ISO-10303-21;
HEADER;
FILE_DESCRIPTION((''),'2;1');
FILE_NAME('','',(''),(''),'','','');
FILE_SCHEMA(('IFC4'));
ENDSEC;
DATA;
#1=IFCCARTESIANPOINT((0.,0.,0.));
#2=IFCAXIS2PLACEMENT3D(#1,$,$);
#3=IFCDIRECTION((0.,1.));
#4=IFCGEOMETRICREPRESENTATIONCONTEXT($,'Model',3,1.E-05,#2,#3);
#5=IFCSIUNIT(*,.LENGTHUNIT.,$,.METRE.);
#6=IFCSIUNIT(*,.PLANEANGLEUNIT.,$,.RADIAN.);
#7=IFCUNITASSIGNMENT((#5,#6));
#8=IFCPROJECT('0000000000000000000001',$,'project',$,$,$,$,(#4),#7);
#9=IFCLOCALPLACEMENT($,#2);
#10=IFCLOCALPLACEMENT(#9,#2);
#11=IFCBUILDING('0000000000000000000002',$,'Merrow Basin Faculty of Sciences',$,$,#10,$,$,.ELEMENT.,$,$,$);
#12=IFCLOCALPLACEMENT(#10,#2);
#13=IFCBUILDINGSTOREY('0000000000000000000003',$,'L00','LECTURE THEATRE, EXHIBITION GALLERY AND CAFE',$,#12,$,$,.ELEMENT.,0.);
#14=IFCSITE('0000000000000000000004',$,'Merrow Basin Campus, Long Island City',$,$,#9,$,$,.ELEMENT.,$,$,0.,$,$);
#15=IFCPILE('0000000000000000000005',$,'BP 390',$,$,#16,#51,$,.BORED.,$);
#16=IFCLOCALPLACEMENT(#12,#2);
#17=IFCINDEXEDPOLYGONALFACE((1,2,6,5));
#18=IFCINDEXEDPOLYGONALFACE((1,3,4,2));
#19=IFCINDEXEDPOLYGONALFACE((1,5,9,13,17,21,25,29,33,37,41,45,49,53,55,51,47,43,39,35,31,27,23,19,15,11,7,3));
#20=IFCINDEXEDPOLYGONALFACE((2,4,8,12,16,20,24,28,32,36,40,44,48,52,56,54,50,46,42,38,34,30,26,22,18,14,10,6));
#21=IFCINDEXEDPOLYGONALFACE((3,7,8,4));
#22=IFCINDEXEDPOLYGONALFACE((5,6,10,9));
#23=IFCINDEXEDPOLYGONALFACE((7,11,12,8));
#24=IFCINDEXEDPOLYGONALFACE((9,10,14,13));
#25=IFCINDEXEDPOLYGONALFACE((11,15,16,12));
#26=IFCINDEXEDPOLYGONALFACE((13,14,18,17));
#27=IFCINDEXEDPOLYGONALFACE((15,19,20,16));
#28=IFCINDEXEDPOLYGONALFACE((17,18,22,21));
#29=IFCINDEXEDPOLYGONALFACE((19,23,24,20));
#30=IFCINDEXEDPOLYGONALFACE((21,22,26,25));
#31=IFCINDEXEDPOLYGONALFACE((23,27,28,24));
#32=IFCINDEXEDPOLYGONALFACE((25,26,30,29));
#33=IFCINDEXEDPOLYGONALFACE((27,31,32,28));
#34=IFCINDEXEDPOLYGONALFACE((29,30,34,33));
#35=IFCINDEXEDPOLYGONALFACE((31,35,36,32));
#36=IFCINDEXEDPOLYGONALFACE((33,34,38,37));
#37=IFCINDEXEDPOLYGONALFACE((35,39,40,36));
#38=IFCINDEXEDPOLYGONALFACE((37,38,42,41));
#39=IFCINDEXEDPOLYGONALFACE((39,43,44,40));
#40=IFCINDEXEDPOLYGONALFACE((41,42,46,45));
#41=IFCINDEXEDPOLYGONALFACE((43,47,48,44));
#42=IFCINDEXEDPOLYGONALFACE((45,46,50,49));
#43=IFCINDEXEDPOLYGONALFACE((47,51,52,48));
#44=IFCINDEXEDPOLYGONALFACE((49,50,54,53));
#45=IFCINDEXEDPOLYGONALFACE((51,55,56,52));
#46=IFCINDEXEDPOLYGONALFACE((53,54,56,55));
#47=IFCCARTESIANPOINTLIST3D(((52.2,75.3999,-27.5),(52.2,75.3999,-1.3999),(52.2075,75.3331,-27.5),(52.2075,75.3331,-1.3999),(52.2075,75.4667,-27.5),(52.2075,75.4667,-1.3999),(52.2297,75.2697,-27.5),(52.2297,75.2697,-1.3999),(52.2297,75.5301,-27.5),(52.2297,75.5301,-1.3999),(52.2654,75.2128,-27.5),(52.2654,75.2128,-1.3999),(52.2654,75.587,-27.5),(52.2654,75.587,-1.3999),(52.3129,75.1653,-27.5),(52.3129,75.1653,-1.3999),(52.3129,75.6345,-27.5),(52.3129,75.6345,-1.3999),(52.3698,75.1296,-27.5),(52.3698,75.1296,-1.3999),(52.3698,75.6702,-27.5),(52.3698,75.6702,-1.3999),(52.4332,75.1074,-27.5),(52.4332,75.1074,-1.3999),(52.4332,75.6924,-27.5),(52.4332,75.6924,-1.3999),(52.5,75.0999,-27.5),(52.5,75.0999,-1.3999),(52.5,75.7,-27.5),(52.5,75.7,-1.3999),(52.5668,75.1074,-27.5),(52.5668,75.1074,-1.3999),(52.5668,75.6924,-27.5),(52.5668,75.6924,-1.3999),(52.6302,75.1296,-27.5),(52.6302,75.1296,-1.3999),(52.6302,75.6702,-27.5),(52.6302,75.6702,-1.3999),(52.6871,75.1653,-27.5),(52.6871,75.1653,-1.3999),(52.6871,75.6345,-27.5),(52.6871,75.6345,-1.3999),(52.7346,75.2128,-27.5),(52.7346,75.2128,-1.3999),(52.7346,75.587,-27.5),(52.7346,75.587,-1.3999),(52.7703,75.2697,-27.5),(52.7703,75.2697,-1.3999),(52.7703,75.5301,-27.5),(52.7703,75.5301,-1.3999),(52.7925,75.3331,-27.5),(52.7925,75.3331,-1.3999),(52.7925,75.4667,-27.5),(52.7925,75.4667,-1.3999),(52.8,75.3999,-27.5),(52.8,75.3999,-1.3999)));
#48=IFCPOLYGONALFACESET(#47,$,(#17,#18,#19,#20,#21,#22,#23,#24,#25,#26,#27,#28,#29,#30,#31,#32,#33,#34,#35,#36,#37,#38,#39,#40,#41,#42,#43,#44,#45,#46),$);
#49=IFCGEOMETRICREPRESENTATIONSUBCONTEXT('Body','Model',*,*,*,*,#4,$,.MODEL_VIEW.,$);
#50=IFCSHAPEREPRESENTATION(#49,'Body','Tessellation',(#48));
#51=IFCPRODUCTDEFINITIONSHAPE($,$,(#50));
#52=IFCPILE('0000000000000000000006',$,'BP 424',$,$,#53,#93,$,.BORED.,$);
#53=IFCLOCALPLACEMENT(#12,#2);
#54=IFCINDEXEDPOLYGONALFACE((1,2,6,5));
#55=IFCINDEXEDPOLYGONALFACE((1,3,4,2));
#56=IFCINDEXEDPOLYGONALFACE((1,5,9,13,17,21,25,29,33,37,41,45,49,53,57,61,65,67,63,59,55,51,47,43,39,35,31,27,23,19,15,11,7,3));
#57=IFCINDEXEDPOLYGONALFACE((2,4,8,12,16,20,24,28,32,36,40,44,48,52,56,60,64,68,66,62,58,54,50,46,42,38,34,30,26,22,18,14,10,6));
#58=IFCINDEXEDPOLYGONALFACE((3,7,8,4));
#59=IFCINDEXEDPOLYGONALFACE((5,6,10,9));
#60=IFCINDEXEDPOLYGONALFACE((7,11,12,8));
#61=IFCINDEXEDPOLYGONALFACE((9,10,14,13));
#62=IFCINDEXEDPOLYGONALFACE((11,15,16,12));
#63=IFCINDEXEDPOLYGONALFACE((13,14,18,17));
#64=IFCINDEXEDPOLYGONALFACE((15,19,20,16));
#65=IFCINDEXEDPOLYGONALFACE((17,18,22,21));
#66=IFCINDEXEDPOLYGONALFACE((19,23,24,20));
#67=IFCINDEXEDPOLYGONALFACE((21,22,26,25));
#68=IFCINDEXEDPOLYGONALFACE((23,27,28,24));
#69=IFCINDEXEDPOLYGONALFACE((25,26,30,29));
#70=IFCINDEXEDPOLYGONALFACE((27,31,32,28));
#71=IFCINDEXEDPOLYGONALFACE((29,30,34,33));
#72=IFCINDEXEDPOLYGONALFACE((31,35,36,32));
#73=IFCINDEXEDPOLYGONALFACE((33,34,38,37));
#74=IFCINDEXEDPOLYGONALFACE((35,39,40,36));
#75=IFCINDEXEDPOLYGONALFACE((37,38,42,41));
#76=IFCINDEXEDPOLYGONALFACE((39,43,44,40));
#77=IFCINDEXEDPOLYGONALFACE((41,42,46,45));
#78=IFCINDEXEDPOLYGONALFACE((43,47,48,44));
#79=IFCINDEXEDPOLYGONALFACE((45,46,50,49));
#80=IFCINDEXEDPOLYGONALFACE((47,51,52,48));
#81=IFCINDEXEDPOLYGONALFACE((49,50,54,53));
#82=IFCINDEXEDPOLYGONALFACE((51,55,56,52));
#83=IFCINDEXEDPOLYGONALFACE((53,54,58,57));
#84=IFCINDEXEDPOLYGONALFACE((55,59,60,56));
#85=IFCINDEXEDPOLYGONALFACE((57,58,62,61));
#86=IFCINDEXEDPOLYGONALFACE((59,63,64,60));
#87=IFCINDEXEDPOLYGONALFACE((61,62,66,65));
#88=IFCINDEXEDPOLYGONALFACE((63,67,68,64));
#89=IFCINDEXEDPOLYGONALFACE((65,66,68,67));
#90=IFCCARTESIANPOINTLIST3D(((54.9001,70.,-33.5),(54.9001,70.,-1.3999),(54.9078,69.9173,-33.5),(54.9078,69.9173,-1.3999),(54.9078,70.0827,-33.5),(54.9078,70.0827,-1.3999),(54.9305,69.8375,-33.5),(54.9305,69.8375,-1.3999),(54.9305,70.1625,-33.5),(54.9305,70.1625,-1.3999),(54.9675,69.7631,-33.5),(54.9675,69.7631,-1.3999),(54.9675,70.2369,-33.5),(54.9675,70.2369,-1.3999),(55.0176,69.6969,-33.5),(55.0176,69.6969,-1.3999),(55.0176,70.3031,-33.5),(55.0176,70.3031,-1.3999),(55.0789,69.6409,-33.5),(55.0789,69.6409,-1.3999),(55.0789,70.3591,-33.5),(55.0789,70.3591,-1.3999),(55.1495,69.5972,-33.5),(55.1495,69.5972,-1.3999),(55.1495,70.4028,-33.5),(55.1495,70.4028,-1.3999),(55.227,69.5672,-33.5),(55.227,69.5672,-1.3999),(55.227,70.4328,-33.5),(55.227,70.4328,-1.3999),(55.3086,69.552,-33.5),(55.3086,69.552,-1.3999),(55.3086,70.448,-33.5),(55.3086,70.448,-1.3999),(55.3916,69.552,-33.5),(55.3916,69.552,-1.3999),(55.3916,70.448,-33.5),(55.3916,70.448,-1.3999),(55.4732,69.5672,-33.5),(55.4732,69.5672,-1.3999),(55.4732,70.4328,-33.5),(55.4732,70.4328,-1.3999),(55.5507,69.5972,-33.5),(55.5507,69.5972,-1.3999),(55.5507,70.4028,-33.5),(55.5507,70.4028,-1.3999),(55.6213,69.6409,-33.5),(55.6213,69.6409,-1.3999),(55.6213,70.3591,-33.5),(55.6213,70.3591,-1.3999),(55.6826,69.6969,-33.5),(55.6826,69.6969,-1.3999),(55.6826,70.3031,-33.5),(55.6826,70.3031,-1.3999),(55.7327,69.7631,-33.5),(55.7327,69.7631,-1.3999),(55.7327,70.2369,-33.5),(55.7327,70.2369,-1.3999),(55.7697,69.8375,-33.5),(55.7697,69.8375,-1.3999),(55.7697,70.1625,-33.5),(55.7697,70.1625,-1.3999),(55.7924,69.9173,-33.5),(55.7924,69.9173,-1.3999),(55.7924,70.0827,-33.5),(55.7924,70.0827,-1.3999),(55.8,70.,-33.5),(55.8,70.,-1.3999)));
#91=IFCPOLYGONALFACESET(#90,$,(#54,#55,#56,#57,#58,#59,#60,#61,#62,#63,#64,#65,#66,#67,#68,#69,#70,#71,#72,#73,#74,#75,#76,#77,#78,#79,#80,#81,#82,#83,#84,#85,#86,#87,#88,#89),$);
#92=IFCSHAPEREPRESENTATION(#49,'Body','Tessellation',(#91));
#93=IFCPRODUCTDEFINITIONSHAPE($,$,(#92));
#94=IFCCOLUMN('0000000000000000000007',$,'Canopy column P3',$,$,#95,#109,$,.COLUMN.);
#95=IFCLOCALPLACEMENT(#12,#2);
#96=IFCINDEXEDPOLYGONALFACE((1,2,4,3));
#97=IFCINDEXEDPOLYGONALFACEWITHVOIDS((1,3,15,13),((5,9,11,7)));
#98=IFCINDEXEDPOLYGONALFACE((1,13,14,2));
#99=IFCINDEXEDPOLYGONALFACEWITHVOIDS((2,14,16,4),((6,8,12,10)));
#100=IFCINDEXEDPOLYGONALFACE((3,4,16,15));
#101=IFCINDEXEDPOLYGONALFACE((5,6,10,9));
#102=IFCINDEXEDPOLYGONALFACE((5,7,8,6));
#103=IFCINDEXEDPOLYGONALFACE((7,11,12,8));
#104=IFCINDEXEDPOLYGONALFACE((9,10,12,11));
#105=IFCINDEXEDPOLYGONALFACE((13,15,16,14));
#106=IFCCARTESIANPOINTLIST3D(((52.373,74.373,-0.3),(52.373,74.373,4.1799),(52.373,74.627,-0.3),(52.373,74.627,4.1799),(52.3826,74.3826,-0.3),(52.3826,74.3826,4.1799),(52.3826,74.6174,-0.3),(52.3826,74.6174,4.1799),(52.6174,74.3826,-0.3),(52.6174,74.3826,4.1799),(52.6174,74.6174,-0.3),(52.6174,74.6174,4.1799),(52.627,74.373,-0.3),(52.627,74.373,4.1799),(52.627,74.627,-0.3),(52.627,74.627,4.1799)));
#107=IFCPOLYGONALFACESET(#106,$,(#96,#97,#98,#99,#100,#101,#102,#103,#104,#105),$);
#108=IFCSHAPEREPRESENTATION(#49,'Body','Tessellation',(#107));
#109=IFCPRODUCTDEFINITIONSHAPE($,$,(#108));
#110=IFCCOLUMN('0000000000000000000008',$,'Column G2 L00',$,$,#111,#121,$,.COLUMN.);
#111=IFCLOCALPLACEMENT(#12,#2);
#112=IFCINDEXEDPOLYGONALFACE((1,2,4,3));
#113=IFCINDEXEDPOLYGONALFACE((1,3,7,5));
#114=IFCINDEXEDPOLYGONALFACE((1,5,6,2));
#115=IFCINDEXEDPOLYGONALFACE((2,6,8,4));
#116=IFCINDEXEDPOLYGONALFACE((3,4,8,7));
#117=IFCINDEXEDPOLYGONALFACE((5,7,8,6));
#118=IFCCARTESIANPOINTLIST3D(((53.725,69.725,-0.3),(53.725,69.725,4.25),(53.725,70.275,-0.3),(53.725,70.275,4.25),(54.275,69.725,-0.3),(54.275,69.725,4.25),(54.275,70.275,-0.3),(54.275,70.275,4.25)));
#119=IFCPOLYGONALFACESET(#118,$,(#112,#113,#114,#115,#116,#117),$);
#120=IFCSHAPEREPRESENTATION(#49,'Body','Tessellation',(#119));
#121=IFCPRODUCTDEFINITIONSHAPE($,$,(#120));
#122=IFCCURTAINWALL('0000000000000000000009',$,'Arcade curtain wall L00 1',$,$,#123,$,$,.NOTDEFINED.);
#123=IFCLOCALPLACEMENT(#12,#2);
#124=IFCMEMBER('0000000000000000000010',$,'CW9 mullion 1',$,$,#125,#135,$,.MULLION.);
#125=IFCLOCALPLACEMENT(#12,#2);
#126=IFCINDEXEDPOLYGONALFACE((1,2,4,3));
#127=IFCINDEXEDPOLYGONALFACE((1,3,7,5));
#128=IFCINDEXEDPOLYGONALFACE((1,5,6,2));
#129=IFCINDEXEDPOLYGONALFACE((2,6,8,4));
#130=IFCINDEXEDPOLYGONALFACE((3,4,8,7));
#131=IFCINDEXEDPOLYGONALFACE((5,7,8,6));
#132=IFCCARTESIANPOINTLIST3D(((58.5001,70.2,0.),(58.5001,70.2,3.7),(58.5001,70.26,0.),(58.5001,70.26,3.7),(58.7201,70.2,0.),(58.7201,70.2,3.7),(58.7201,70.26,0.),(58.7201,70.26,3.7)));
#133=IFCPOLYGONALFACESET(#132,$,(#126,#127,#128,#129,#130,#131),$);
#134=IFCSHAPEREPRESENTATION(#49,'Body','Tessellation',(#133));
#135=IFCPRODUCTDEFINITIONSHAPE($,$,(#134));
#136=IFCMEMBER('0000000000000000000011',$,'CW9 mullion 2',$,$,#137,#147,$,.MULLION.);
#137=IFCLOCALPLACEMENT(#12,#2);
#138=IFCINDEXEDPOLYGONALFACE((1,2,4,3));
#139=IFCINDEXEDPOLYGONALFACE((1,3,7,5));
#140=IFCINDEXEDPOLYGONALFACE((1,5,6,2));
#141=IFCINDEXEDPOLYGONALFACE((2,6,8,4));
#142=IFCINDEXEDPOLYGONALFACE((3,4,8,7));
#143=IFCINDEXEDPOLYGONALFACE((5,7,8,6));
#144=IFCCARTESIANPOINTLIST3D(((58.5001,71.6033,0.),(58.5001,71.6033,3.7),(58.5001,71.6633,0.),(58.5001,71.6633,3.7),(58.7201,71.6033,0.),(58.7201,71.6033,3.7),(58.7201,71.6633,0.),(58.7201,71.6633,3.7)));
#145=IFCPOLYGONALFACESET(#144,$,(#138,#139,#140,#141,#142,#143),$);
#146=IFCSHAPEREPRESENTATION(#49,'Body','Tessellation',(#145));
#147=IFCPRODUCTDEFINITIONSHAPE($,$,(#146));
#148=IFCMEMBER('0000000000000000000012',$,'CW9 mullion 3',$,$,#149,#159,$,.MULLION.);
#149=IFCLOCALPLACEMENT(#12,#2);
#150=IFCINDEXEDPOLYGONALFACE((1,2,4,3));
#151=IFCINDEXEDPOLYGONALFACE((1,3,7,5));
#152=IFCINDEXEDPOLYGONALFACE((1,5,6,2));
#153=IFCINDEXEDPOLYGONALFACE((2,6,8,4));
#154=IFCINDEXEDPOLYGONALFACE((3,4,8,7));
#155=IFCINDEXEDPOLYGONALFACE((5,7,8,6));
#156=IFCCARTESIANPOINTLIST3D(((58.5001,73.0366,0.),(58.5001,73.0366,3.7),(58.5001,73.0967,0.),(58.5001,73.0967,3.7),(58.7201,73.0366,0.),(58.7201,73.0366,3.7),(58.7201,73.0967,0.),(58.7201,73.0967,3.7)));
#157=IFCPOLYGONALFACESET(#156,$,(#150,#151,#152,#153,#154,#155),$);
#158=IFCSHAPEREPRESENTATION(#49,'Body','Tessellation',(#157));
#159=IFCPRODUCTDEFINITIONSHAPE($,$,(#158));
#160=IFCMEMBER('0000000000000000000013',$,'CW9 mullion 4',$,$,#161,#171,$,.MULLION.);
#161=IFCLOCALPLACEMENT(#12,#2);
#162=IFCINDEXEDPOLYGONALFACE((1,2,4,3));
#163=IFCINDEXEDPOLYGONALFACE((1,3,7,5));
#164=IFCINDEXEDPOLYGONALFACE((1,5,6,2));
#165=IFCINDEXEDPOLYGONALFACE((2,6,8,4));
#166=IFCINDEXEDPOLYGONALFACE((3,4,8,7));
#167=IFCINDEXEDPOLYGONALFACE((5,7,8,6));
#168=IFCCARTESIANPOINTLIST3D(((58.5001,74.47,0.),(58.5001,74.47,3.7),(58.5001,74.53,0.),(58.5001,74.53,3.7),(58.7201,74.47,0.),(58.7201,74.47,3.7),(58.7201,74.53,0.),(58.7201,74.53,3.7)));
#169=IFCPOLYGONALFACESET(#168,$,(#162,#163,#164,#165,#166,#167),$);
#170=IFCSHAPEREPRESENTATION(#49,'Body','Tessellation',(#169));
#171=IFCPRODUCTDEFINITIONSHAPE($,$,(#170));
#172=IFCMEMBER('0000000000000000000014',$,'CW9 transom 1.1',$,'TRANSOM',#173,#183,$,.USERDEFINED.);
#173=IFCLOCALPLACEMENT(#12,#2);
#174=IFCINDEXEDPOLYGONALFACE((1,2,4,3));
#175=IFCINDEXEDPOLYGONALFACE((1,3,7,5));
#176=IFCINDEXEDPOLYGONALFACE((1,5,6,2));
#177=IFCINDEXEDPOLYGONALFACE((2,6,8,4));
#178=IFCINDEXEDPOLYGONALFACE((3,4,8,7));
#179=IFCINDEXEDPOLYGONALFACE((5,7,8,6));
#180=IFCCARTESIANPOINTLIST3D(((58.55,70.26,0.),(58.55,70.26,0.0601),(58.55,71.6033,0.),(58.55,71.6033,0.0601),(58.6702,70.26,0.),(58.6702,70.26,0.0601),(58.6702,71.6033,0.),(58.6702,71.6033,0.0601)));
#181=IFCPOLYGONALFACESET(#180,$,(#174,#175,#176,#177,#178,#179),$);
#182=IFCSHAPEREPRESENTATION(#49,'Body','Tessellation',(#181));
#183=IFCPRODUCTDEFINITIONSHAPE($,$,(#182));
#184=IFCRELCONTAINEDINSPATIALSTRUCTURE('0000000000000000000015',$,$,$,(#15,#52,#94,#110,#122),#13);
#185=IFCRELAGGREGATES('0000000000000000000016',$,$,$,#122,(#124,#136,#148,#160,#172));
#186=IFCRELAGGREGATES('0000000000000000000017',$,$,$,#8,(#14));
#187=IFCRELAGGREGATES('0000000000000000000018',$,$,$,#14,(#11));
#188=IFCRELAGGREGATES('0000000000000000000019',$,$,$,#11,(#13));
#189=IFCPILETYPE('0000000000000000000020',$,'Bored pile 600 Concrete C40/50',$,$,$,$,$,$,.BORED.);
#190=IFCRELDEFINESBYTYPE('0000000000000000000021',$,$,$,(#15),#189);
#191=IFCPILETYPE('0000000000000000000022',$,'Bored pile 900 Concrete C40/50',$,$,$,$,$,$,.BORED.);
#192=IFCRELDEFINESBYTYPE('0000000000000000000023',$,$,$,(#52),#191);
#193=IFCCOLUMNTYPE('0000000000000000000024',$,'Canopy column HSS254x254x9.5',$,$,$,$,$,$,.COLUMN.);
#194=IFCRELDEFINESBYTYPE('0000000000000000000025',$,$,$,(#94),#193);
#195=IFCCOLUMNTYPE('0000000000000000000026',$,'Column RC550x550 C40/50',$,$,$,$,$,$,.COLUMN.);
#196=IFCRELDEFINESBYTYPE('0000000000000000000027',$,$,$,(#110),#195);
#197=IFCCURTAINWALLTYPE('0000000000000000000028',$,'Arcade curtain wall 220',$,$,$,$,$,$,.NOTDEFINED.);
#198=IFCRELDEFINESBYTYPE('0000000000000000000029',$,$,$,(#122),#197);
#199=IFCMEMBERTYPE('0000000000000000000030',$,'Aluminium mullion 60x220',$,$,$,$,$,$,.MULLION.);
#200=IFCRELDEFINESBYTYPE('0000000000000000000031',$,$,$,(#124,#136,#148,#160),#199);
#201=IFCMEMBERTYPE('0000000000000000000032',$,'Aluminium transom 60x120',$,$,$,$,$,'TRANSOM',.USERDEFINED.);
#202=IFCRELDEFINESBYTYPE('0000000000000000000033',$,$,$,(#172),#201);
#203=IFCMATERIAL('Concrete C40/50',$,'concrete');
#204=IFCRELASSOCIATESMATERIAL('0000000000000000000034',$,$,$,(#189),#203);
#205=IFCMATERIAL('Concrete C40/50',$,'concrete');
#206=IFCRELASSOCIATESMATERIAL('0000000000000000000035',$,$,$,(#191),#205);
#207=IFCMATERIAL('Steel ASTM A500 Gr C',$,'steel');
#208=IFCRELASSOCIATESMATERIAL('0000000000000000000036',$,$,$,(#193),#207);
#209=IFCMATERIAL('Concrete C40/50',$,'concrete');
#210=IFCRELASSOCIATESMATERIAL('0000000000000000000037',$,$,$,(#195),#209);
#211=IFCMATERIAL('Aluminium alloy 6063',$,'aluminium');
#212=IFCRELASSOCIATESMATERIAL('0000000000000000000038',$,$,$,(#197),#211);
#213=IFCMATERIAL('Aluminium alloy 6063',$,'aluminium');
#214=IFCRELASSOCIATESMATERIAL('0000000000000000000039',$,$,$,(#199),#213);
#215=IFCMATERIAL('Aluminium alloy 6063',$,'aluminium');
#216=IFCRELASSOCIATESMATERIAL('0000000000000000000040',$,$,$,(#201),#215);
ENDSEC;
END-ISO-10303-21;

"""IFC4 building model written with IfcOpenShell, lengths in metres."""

from ifc_helpers import new_model, si_unit, direction, frame, origin, origin_2d, place, context, subcontext, project, spatial, rectangle, hollow_rectangle, circle, extrude, material, material_profile, profile_set, type_object, element, aggregate, save


model = new_model("IFC4")

# Units and contexts
model_context = context("Model", 3, precision=1e-05, world=origin(), true_north=direction((0.0, 1.0)))
body_context = subcontext(model_context, "Body", "Model", "MODEL_VIEW")
ifc_project = project(units=[si_unit("LENGTHUNIT", "METRE"), si_unit("PLANEANGLEUNIT", "RADIAN")], contexts=[model_context])

# Site, building, storey
site_placement = place(None, origin())
site = spatial("IfcSite", under=ifc_project, at=site_placement, Name="Merrow Basin Campus, Long Island City", CompositionType="ELEMENT", RefElevation=0.0)
building_placement = place(site_placement, origin())
building = spatial("IfcBuilding", under=site, at=building_placement, Name="Merrow Basin Faculty of Sciences", CompositionType="ELEMENT")
storey_placement = place(building_placement, origin())
storey = spatial("IfcBuildingStorey", under=building, at=storey_placement, Name="L00", Description="LECTURE THEATRE, EXHIBITION GALLERY AND CAFE", CompositionType="ELEMENT", Elevation=0.0)

# Piles
ifc_material_1 = material(Name="Concrete C40/50", Category="concrete")
ifc_material_profile_1 = material_profile(ifc_material_1, circle(Radius=0.3, at=origin_2d()))
ifc_profile_set_1 = profile_set([ifc_material_profile_1], Name="Concrete C40/50")
pile_type_1 = type_object("IfcPileType", Name="Bored pile 600 Concrete C40/50", PredefinedType="BORED", material=ifc_profile_set_1)
pile_1_placement = place(storey_placement, frame((52.5, 75.3999, -1.3999), z_axis=(0.0, 0.0, -1.0), x_axis=(1.0, 0.0, 0.0)))
element("IfcPile", 1, at=pile_1_placement, inside=storey, type_object=pile_type_1, Name="BP 390", PredefinedType="BORED", context=body_context, shape_type="SweptSolid", body=[
    extrude(circle(Radius=0.3, at=origin_2d()), origin(), (0.0, 0.0, 1.0), 26.1001),
])
ifc_material_2 = material(Name="Concrete C40/50", Category="concrete")
ifc_material_profile_2 = material_profile(ifc_material_2, circle(Radius=0.45, at=origin_2d()))
ifc_profile_set_2 = profile_set([ifc_material_profile_2], Name="Concrete C40/50")
pile_type_2 = type_object("IfcPileType", Name="Bored pile 900 Concrete C40/50", PredefinedType="BORED", material=ifc_profile_set_2)
pile_2_placement = place(storey_placement, frame((55.3501, 70.0, -1.3999), z_axis=(0.0, 0.0, -1.0), x_axis=(1.0, 0.0, 0.0)))
element("IfcPile", 2, at=pile_2_placement, inside=storey, type_object=pile_type_2, Name="BP 424", PredefinedType="BORED", context=body_context, shape_type="SweptSolid", body=[
    extrude(circle(Radius=0.45, at=origin_2d()), origin(), (0.0, 0.0, 1.0), 32.1001),
])

# Columns
ifc_material_3 = material(Name="Steel ASTM A500 Gr C", Category="steel")
ifc_material_profile_3 = material_profile(ifc_material_3, hollow_rectangle(XDim=0.2539, YDim=0.2539, WallThickness=0.0095, at=origin_2d()))
ifc_profile_set_3 = profile_set([ifc_material_profile_3], Name="Steel ASTM A500 Gr C")
column_type_1 = type_object("IfcColumnType", Name="Canopy column HSS254x254x9.5", PredefinedType="COLUMN", material=ifc_profile_set_3)
column_1_placement = place(storey_placement, frame((52.5, 74.5, -0.3), z_axis=(0.0, 0.0, 1.0), x_axis=(1.0, 0.0, 0.0)))
element("IfcColumn", 3, at=column_1_placement, inside=storey, type_object=column_type_1, Name="Canopy column P3", PredefinedType="COLUMN", context=body_context, shape_type="SweptSolid", body=[
    extrude(hollow_rectangle(XDim=0.2539, YDim=0.2539, WallThickness=0.0095, at=origin_2d()), origin(), (0.0, 0.0, 1.0), 4.48),
])
ifc_material_4 = material(Name="Concrete C40/50", Category="concrete")
ifc_material_profile_4 = material_profile(ifc_material_4, rectangle(XDim=0.55, YDim=0.55, at=origin_2d()))
ifc_profile_set_4 = profile_set([ifc_material_profile_4], Name="Concrete C40/50")
column_type_2 = type_object("IfcColumnType", Name="Column RC550x550 C40/50", PredefinedType="COLUMN", material=ifc_profile_set_4)
column_2_placement = place(storey_placement, frame((54.0, 70.0, -0.3), z_axis=(0.0, 0.0, 1.0), x_axis=(1.0, 0.0, 0.0)))
element("IfcColumn", 4, at=column_2_placement, inside=storey, type_object=column_type_2, Name="Column G2 L00", PredefinedType="COLUMN", context=body_context, shape_type="SweptSolid", body=[
    extrude(rectangle(XDim=0.55, YDim=0.55, at=origin_2d()), origin(), (0.0, 0.0, 1.0), 4.55),
])

# Curtain wall, members
ifc_material_5 = material(Name="Aluminium alloy 6063", Category="aluminium")
curtain_wall_type = type_object("IfcCurtainWallType", Name="Arcade curtain wall 220", PredefinedType="NOTDEFINED", material=ifc_material_5)
curtain_wall_placement = place(storey_placement, origin())
curtain_wall = element("IfcCurtainWall", 5, at=curtain_wall_placement, inside=storey, type_object=curtain_wall_type, Name="Arcade curtain wall L00 1", PredefinedType="NOTDEFINED")
ifc_material_6 = material(Name="Aluminium alloy 6063", Category="aluminium")
ifc_material_profile_5 = material_profile(ifc_material_6, rectangle(XDim=0.22, YDim=0.0601, at=origin_2d()))
ifc_profile_set_5 = profile_set([ifc_material_profile_5], Name="Aluminium alloy 6063")
member_type_1 = type_object("IfcMemberType", Name="Aluminium mullion 60x220", PredefinedType="MULLION", material=ifc_profile_set_5)
member_1_placement = place(storey_placement, frame((58.6101, 70.23, 0.0), z_axis=(0.0, 0.0, 1.0), x_axis=(-1.0, 0.0, 0.0)))
member_1 = element("IfcMember", 6, at=member_1_placement, type_object=member_type_1, Name="CW9 mullion 1", PredefinedType="MULLION", context=body_context, shape_type="SweptSolid", body=[
    extrude(rectangle(XDim=0.22, YDim=0.0601, at=origin_2d()), origin(), (0.0, 0.0, 1.0), 3.7),
])
member_2_placement = place(storey_placement, frame((58.6101, 71.6333, 0.0), z_axis=(0.0, 0.0, 1.0), x_axis=(-1.0, 0.0, 0.0)))
member_2 = element("IfcMember", 7, at=member_2_placement, type_object=member_type_1, Name="CW9 mullion 2", PredefinedType="MULLION", context=body_context, shape_type="SweptSolid", body=[
    extrude(rectangle(XDim=0.22, YDim=0.0601, at=origin_2d()), origin(), (0.0, 0.0, 1.0), 3.7),
])
member_3_placement = place(storey_placement, frame((58.6101, 73.0667, 0.0), z_axis=(0.0, 0.0, 1.0), x_axis=(-1.0, 0.0, 0.0)))
member_3 = element("IfcMember", 8, at=member_3_placement, type_object=member_type_1, Name="CW9 mullion 3", PredefinedType="MULLION", context=body_context, shape_type="SweptSolid", body=[
    extrude(rectangle(XDim=0.22, YDim=0.0601, at=origin_2d()), origin(), (0.0, 0.0, 1.0), 3.7),
])
member_4_placement = place(storey_placement, frame((58.6101, 74.5, 0.0), z_axis=(0.0, 0.0, 1.0), x_axis=(-1.0, 0.0, 0.0)))
member_4 = element("IfcMember", 9, at=member_4_placement, type_object=member_type_1, Name="CW9 mullion 4", PredefinedType="MULLION", context=body_context, shape_type="SweptSolid", body=[
    extrude(rectangle(XDim=0.22, YDim=0.0601, at=origin_2d()), origin(), (0.0, 0.0, 1.0), 3.7),
])
ifc_material_7 = material(Name="Aluminium alloy 6063", Category="aluminium")
ifc_material_profile_6 = material_profile(ifc_material_7, rectangle(XDim=0.1201, YDim=0.0601, at=origin_2d()))
ifc_profile_set_6 = profile_set([ifc_material_profile_6], Name="Aluminium alloy 6063")
member_type_2 = type_object("IfcMemberType", Name="Aluminium transom 60x120", ElementType="TRANSOM", PredefinedType="USERDEFINED", material=ifc_profile_set_6)
member_5_placement = place(storey_placement, frame((58.6101, 70.26, 0.03), z_axis=(0.0, 1.0, 0.0), x_axis=(-1.0, 0.0, 0.0)))
member_5 = element("IfcMember", 10, at=member_5_placement, type_object=member_type_2, Name="CW9 transom 1.1", ObjectType="TRANSOM", PredefinedType="USERDEFINED", context=body_context, shape_type="SweptSolid", body=[
    extrude(rectangle(XDim=0.1201, YDim=0.0601, at=origin_2d()), origin(), (0.0, 0.0, 1.0), 1.3433),
])

aggregate(curtain_wall, [member_1, member_2, member_3, member_4, member_5])

save(model, "model.ifc")
